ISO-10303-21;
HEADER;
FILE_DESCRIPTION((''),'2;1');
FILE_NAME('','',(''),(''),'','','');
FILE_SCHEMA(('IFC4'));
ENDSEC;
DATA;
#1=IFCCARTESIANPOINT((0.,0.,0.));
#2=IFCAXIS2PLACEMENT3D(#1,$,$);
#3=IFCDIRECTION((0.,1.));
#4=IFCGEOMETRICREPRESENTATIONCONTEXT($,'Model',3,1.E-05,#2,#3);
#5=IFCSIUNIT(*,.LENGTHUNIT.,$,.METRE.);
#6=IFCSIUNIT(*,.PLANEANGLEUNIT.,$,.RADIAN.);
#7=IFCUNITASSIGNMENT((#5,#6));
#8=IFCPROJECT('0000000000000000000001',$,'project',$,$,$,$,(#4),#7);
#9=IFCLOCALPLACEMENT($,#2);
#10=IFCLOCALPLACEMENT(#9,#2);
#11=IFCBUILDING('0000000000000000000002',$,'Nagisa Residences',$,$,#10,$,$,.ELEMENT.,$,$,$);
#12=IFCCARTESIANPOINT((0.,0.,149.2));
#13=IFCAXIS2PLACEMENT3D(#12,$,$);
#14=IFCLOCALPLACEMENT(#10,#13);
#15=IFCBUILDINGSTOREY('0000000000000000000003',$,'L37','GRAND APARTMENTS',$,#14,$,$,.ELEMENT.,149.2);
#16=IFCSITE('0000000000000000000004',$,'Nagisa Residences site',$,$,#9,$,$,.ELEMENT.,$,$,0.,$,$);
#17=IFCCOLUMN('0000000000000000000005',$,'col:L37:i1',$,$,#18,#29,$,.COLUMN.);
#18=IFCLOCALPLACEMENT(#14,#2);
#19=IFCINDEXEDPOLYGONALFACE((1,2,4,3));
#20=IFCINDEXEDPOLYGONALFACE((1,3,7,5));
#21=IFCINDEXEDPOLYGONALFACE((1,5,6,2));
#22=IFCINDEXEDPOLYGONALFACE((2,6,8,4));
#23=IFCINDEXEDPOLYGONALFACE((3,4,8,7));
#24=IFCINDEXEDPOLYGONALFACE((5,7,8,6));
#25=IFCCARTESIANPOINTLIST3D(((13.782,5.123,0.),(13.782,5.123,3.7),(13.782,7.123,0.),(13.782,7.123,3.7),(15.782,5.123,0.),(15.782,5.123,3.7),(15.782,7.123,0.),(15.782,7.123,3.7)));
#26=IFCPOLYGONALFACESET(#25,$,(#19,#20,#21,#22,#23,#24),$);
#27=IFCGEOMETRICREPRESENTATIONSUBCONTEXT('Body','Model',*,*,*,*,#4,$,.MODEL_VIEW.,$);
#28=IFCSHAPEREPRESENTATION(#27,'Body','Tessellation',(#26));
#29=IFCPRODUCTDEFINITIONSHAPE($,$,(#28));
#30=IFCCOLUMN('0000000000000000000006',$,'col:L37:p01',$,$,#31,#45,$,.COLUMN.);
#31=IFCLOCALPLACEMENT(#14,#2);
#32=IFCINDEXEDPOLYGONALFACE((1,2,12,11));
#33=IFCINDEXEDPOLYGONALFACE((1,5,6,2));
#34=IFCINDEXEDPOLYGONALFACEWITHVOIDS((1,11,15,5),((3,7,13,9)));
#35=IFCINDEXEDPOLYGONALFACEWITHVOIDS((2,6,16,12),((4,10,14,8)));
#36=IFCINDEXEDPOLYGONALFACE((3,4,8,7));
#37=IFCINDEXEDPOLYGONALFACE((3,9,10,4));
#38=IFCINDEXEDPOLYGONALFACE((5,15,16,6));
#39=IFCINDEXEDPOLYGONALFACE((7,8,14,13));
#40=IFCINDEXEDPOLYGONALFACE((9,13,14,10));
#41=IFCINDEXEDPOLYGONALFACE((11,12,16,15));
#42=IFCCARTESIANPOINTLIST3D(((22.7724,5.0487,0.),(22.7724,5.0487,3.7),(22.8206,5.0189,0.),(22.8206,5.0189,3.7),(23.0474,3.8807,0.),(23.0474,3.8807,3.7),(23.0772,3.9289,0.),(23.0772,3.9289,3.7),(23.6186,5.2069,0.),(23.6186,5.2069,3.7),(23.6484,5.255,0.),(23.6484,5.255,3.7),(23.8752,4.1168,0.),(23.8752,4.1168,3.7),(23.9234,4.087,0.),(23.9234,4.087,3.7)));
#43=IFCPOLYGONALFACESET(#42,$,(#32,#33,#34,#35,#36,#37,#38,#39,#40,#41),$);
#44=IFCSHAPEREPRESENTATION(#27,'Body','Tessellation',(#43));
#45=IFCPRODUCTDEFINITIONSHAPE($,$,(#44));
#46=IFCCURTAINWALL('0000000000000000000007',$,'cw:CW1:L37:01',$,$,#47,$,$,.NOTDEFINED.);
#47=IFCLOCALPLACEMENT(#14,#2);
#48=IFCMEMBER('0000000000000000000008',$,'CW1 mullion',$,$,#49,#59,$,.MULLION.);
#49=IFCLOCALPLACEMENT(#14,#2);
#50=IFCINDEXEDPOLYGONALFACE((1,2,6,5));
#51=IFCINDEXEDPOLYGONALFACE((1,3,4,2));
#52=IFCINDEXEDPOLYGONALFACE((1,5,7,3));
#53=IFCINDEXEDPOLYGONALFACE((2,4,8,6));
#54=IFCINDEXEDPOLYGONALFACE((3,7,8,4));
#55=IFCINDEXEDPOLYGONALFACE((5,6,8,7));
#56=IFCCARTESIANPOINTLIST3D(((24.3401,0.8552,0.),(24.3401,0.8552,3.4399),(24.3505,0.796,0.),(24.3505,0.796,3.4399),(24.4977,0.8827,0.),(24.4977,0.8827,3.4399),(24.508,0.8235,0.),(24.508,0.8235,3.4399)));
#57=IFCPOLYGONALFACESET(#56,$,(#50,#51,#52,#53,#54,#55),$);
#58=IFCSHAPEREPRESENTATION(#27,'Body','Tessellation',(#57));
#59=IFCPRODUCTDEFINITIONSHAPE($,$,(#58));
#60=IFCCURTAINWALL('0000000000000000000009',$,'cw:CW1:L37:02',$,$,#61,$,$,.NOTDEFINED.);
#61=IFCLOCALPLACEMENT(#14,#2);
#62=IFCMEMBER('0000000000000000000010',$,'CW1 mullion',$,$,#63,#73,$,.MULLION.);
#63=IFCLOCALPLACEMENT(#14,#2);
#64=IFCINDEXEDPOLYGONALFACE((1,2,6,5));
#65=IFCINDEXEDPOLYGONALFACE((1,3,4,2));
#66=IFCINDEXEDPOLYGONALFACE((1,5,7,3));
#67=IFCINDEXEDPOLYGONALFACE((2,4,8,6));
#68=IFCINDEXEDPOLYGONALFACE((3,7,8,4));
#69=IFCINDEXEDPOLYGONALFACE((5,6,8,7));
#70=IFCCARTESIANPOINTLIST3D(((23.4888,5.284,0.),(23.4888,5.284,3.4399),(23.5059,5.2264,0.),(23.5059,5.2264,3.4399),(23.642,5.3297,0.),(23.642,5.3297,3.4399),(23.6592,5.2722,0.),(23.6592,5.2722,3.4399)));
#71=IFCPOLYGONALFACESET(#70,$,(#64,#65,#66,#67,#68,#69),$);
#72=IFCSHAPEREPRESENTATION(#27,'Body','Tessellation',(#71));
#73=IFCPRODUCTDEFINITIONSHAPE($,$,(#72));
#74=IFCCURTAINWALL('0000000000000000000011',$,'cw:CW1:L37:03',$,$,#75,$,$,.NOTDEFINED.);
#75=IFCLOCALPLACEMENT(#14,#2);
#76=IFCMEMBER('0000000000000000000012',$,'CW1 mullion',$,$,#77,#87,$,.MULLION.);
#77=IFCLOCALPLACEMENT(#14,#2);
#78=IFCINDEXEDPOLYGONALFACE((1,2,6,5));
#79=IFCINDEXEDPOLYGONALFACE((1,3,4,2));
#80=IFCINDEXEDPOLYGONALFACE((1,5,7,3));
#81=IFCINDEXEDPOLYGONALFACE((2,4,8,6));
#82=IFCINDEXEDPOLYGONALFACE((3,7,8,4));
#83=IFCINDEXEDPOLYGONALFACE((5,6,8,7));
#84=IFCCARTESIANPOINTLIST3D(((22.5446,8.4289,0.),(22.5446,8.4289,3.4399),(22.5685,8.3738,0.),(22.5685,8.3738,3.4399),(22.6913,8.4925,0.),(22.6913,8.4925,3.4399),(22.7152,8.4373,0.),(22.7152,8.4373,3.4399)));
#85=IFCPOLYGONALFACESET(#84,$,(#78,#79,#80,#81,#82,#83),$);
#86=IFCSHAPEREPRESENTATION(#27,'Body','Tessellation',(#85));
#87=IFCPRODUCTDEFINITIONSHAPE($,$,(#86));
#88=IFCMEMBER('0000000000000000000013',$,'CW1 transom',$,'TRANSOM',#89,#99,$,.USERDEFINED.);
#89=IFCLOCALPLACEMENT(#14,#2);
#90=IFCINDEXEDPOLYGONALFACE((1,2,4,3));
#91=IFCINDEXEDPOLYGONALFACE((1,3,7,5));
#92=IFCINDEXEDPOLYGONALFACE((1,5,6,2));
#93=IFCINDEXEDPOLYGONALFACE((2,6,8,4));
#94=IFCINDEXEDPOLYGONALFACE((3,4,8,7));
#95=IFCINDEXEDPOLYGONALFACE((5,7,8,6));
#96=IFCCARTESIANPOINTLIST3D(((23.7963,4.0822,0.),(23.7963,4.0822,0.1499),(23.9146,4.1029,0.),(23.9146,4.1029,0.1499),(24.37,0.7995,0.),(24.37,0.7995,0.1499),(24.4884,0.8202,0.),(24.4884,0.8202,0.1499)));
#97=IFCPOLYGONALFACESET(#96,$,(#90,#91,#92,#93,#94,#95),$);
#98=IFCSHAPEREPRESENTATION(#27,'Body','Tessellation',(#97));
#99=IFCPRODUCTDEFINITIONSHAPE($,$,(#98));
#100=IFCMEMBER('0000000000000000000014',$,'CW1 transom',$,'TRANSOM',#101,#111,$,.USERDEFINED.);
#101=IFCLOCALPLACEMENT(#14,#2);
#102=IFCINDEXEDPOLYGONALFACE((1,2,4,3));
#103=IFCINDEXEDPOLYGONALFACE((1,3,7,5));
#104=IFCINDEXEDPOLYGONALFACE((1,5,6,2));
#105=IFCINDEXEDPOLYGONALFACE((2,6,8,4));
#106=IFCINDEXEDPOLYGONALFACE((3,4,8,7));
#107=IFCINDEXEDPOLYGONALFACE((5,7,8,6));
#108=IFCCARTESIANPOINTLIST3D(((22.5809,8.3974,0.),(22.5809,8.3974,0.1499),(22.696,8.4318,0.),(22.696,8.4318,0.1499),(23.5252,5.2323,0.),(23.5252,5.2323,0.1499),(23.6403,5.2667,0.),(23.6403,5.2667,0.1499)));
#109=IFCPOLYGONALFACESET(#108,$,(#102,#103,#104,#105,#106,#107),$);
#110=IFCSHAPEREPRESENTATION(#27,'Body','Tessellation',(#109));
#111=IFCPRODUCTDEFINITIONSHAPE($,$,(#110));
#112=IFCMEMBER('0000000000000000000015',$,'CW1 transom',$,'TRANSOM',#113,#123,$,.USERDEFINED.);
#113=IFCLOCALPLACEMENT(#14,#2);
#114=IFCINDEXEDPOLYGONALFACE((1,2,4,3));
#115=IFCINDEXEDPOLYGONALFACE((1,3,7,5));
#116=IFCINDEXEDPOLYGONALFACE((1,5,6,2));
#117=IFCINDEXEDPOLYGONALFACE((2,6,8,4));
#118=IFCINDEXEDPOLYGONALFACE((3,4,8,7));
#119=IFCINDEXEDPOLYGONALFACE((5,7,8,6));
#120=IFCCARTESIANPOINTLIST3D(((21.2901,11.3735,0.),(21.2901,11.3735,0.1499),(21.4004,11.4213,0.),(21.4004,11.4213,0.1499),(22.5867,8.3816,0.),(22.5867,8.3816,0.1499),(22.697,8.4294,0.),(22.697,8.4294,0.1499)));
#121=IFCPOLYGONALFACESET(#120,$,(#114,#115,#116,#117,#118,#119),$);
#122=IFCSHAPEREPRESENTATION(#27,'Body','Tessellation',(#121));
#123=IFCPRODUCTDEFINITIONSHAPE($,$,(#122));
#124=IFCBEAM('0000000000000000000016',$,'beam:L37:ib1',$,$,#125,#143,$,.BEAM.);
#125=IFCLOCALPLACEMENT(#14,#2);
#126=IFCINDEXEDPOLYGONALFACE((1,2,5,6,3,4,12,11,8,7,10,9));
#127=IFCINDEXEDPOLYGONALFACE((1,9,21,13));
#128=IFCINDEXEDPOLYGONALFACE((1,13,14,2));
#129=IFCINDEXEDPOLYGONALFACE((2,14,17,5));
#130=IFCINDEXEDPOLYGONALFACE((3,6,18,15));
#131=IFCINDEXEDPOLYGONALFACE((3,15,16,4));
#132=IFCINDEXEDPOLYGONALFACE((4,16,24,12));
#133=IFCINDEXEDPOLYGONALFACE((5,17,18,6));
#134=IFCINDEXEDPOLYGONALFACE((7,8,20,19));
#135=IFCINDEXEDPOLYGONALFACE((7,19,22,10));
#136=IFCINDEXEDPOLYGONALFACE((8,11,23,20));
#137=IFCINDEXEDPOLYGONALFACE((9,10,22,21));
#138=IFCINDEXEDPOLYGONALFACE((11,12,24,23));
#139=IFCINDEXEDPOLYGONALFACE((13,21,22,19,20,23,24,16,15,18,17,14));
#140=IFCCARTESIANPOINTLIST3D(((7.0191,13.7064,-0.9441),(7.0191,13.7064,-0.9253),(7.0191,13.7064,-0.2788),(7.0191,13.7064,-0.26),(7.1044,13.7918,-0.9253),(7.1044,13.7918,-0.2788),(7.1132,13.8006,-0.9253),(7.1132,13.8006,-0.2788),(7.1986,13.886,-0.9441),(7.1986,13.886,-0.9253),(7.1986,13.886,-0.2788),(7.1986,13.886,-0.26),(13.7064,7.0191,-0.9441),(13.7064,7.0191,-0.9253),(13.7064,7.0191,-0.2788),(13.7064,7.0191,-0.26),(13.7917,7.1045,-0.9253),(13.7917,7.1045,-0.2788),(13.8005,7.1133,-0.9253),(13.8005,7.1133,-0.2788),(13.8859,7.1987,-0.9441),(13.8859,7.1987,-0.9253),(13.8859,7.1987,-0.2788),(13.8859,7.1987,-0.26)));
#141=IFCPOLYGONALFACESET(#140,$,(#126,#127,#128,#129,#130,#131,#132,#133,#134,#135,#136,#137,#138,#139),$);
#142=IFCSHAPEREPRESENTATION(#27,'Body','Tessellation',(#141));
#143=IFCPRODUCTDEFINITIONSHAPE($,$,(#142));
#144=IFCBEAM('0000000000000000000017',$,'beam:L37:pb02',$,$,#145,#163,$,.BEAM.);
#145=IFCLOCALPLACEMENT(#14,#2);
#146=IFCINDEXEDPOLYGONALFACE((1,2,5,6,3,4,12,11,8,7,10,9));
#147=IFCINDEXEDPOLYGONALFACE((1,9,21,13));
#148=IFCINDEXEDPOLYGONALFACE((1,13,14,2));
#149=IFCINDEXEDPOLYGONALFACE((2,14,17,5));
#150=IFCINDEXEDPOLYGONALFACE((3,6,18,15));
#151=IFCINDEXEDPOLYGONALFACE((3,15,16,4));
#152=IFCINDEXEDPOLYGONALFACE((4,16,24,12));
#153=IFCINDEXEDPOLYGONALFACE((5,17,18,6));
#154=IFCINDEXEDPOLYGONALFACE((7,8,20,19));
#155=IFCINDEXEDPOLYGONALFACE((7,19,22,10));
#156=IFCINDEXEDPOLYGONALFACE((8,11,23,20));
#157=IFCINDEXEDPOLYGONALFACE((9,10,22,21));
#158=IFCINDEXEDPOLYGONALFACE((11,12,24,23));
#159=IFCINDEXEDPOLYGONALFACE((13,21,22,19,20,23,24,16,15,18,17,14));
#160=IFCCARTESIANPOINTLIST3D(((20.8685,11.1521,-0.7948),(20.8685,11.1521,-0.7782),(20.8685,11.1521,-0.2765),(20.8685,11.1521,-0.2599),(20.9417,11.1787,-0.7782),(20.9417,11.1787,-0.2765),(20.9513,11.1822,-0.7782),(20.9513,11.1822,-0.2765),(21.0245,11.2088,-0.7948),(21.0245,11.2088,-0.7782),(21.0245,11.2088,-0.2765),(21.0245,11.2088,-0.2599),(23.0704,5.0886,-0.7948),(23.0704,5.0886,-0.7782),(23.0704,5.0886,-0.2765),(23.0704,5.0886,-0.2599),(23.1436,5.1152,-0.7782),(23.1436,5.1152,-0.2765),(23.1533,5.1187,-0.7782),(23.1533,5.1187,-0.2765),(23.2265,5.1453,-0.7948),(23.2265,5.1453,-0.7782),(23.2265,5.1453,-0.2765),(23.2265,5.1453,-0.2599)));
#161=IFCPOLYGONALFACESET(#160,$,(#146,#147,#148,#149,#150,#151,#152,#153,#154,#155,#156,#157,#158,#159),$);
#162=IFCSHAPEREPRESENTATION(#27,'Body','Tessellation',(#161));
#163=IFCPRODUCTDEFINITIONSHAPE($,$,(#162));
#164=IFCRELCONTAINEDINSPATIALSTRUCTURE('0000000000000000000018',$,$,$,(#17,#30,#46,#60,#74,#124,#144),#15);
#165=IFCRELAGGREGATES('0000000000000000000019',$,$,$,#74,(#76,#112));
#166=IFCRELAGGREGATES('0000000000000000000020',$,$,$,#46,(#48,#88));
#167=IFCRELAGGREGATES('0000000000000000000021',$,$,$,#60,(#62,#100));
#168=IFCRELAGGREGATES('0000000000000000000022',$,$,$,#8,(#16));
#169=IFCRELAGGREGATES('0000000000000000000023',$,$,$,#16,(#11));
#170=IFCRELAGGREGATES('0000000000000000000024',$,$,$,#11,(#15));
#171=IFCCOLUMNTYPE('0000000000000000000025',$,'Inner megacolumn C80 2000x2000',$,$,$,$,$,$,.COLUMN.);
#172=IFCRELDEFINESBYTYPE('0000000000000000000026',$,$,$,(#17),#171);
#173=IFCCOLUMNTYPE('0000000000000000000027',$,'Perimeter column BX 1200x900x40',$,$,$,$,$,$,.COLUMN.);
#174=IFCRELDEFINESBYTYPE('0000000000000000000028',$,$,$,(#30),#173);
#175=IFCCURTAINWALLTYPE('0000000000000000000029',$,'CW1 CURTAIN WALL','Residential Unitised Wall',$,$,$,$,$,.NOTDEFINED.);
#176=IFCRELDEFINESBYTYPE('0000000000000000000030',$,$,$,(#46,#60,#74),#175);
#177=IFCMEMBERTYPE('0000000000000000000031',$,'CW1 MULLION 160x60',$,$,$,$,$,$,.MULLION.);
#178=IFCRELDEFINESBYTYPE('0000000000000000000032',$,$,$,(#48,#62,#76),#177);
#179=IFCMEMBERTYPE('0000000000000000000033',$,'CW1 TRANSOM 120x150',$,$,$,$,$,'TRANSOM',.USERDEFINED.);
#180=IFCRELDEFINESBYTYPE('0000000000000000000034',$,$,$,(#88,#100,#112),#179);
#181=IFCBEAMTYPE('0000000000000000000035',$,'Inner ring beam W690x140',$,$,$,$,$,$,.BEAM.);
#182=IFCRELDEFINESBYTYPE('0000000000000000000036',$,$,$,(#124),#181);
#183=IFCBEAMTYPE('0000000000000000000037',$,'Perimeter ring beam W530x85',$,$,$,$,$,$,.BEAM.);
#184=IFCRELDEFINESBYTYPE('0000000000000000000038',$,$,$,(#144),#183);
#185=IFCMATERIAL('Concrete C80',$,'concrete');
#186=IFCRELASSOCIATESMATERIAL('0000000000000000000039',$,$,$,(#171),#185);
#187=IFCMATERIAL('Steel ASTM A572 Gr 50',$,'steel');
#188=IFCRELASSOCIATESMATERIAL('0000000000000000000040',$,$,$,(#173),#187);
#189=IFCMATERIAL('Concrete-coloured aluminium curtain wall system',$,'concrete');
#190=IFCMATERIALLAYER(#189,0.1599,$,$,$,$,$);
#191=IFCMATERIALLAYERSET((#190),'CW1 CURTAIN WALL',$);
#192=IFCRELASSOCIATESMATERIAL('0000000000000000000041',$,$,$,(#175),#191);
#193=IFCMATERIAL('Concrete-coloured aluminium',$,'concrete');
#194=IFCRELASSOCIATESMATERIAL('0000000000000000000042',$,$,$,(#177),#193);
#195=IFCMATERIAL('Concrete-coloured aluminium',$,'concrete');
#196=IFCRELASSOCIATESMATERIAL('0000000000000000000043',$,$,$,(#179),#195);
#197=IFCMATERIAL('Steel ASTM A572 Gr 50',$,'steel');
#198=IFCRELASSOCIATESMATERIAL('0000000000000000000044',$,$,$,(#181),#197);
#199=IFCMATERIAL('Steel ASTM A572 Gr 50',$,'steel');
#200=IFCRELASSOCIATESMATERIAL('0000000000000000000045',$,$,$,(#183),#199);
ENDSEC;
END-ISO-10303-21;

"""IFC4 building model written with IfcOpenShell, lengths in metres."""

from ifc_helpers import new_model, si_unit, direction, frame, origin, origin_2d, place, context, subcontext, project, spatial, rectangle, hollow_rectangle, i_section, extrude, material, layer, layer_set, material_profile, profile_set, type_object, element, aggregate, save


model = new_model("IFC4")

# Units and contexts
model_context = context("Model", 3, precision=1e-05, world=origin(), true_north=direction((0.0, 1.0)))
body_context = subcontext(model_context, "Body", "Model", "MODEL_VIEW")
ifc_project = project(units=[si_unit("LENGTHUNIT", "METRE"), si_unit("PLANEANGLEUNIT", "RADIAN")], contexts=[model_context])

# Site, building, storey
site_placement = place(None, origin())
site = spatial("IfcSite", under=ifc_project, at=site_placement, Name="Nagisa Residences site", CompositionType="ELEMENT", RefElevation=0.0)
building_placement = place(site_placement, origin())
building = spatial("IfcBuilding", under=site, at=building_placement, Name="Nagisa Residences", CompositionType="ELEMENT")
storey_placement = place(building_placement, frame((0.0, 0.0, 149.2)))
storey = spatial("IfcBuildingStorey", under=building, at=storey_placement, Name="L37", Description="GRAND APARTMENTS", CompositionType="ELEMENT", Elevation=149.2)

# Columns
ifc_material_1 = material(Name="Concrete C80", Category="concrete")
ifc_material_profile_1 = material_profile(ifc_material_1, rectangle(XDim=2.0, YDim=2.0, at=origin_2d()), Name="C80 2000x2000")
ifc_profile_set_1 = profile_set([ifc_material_profile_1], Name="Concrete C80")
column_type_1 = type_object("IfcColumnType", Name="Inner megacolumn C80 2000x2000", PredefinedType="COLUMN", material=ifc_profile_set_1)
column_1_placement = place(storey_placement, frame((14.782, 6.123, 0.0), z_axis=(0.0, 0.0, 1.0), x_axis=(1.0, 0.0, 0.0)))
element("IfcColumn", 1, at=column_1_placement, inside=storey, type_object=column_type_1, Name="col:L37:i1", PredefinedType="COLUMN", context=body_context, shape_type="SweptSolid", body=[
    extrude(rectangle(XDim=2.0, YDim=2.0, at=origin_2d()), origin(), (0.0, 0.0, 1.0), 3.7),
])
ifc_material_2 = material(Name="Steel ASTM A572 Gr 50", Category="steel")
ifc_material_profile_2 = material_profile(ifc_material_2, hollow_rectangle(XDim=1.2, YDim=0.8999, WallThickness=0.04, at=origin_2d()), Name="BX 1200x900x40")
ifc_profile_set_2 = profile_set([ifc_material_profile_2], Name="Steel ASTM A572 Gr 50")
column_type_2 = type_object("IfcColumnType", Name="Perimeter column BX 1200x900x40", PredefinedType="COLUMN", material=ifc_profile_set_2)
column_2_placement = place(storey_placement, frame((23.3479, 4.5679, 0.0), z_axis=(0.0, 0.0, 1.0), x_axis=(-0.229202, 0.973379, 0.0)))
element("IfcColumn", 2, at=column_2_placement, inside=storey, type_object=column_type_2, Name="col:L37:p01", PredefinedType="COLUMN", context=body_context, shape_type="SweptSolid", body=[
    extrude(hollow_rectangle(XDim=1.2, YDim=0.8999, WallThickness=0.04, at=origin_2d()), origin(), (0.0, 0.0, 1.0), 3.7),
])

# Curtain walls, members
ifc_material_3 = material(Name="Concrete-coloured aluminium curtain wall system", Category="concrete")
ifc_layer_1 = layer(ifc_material_3, 0.1599)
ifc_layer_set_1 = layer_set([ifc_layer_1], Name="CW1 CURTAIN WALL")
curtain_wall_type = type_object("IfcCurtainWallType", Name="CW1 CURTAIN WALL", Description="Residential Unitised Wall", PredefinedType="NOTDEFINED", material=ifc_layer_set_1)
curtain_wall_1_placement = place(storey_placement, origin())
curtain_wall_1 = element("IfcCurtainWall", 3, at=curtain_wall_1_placement, inside=storey, type_object=curtain_wall_type, Name="cw:CW1:L37:01", PredefinedType="NOTDEFINED")
ifc_material_4 = material(Name="Concrete-coloured aluminium", Category="concrete")
ifc_material_profile_3 = material_profile(ifc_material_4, rectangle(XDim=0.1599, YDim=0.0601, at=origin_2d()), Name="CW1 MULLION 160x60")
ifc_profile_set_3 = profile_set([ifc_material_profile_3], Name="Concrete-coloured aluminium")
member_type_1 = type_object("IfcMemberType", Name="CW1 MULLION 160x60", PredefinedType="MULLION", material=ifc_profile_set_3)
member_1_placement = place(storey_placement, frame((24.4241, 0.8394, 0.0), z_axis=(0.0, 0.0, 1.0), x_axis=(-0.985064, -0.172191, 0.0)))
member_1 = element("IfcMember", 4, at=member_1_placement, type_object=member_type_1, Name="CW1 mullion", PredefinedType="MULLION", context=body_context, shape_type="SweptSolid", body=[
    extrude(rectangle(XDim=0.1599, YDim=0.0601, at=origin_2d()), origin(), (0.0, 0.0, 1.0), 3.4399),
])
curtain_wall_2_placement = place(storey_placement, origin())
curtain_wall_2 = element("IfcCurtainWall", 5, at=curtain_wall_2_placement, inside=storey, type_object=curtain_wall_type, Name="cw:CW1:L37:02", PredefinedType="NOTDEFINED")
member_2_placement = place(storey_placement, frame((23.574, 5.2781, 0.0), z_axis=(0.0, 0.0, 1.0), x_axis=(-0.958271, -0.28586, 0.0)))
member_2 = element("IfcMember", 6, at=member_2_placement, type_object=member_type_1, Name="CW1 mullion", PredefinedType="MULLION", context=body_context, shape_type="SweptSolid", body=[
    extrude(rectangle(XDim=0.1599, YDim=0.0601, at=origin_2d()), origin(), (0.0, 0.0, 1.0), 3.4399),
])
curtain_wall_3_placement = place(storey_placement, origin())
curtain_wall_3 = element("IfcCurtainWall", 7, at=curtain_wall_3_placement, inside=storey, type_object=curtain_wall_type, Name="cw:CW1:L37:03", PredefinedType="NOTDEFINED")
member_3_placement = place(storey_placement, frame((22.6299, 8.4331, 0.0), z_axis=(0.0, 0.0, 1.0), x_axis=(-0.917543, -0.397636, 0.0)))
member_3 = element("IfcMember", 8, at=member_3_placement, type_object=member_type_1, Name="CW1 mullion", PredefinedType="MULLION", context=body_context, shape_type="SweptSolid", body=[
    extrude(rectangle(XDim=0.1599, YDim=0.0601, at=origin_2d()), origin(), (0.0, 0.0, 1.0), 3.4399),
])

# Members
ifc_material_5 = material(Name="Concrete-coloured aluminium", Category="concrete")
ifc_material_profile_4 = material_profile(ifc_material_5, rectangle(XDim=0.1201, YDim=0.1499, at=origin_2d()), Name="CW1 TRANSOM 120x150")
ifc_profile_set_4 = profile_set([ifc_material_profile_4], Name="Concrete-coloured aluminium")
member_type_2 = type_object("IfcMemberType", Name="CW1 TRANSOM 120x150", ElementType="TRANSOM", PredefinedType="USERDEFINED", material=ifc_profile_set_4)
member_4_placement = place(storey_placement, frame((24.4292, 0.8098, 0.075), z_axis=(-0.172164, 0.985068, 0.0), x_axis=(-0.985068, -0.172164, 0.0)))
member_4 = element("IfcMember", 9, at=member_4_placement, type_object=member_type_2, Name="CW1 transom", ObjectType="TRANSOM", PredefinedType="USERDEFINED", context=body_context, shape_type="SweptSolid", body=[
    extrude(rectangle(XDim=0.1201, YDim=0.1499, at=origin_2d()), origin(), (0.0, 0.0, 1.0), 3.3325),
])
member_5_placement = place(storey_placement, frame((23.5828, 5.2495, 0.075), z_axis=(-0.28591, 0.958257, 0.0), x_axis=(-0.958257, -0.28591, 0.0)))
member_5 = element("IfcMember", 10, at=member_5_placement, type_object=member_type_2, Name="CW1 transom", ObjectType="TRANSOM", PredefinedType="USERDEFINED", context=body_context, shape_type="SweptSolid", body=[
    extrude(rectangle(XDim=0.1201, YDim=0.1499, at=origin_2d()), origin(), (0.0, 0.0, 1.0), 3.303),
])
member_6_placement = place(storey_placement, frame((22.6418, 8.4055, 0.075), z_axis=(-0.397639, 0.917542, 0.0), x_axis=(-0.917542, -0.397639, 0.0)))
member_6 = element("IfcMember", 11, at=member_6_placement, type_object=member_type_2, Name="CW1 transom", ObjectType="TRANSOM", PredefinedType="USERDEFINED", context=body_context, shape_type="SweptSolid", body=[
    extrude(rectangle(XDim=0.1201, YDim=0.1499, at=origin_2d()), origin(), (0.0, 0.0, 1.0), 3.2607),
])
aggregate(curtain_wall_3, [member_3, member_6])

# Beams
ifc_material_6 = material(Name="Steel ASTM A572 Gr 50", Category="steel")
ifc_material_profile_5 = material_profile(ifc_material_6, i_section(OverallWidth=0.2539, OverallDepth=0.6841, WebThickness=0.0125, FlangeThickness=0.0188, at=origin_2d()), Name="W690x140")
ifc_profile_set_5 = profile_set([ifc_material_profile_5], Name="Steel ASTM A572 Gr 50")
beam_type_1 = type_object("IfcBeamType", Name="Inner ring beam W690x140", PredefinedType="BEAM", material=ifc_profile_set_5)
beam_1_placement = place(storey_placement, frame((13.7961, 7.1089, -0.6021), z_axis=(-0.707107, 0.707107, 0.0), x_axis=(-0.707107, -0.707107, 0.0)))
element("IfcBeam", 12, at=beam_1_placement, inside=storey, type_object=beam_type_1, Name="beam:L37:ib1", PredefinedType="BEAM", context=body_context, shape_type="SweptSolid", body=[
    extrude(i_section(OverallWidth=0.2539, OverallDepth=0.6841, WebThickness=0.0125, FlangeThickness=0.0188, at=origin_2d()), origin(), (0.0, 0.0, 1.0), 9.4573),
])
ifc_material_7 = material(Name="Steel ASTM A572 Gr 50", Category="steel")
ifc_material_profile_6 = material_profile(ifc_material_7, i_section(OverallWidth=0.166, OverallDepth=0.5349, WebThickness=0.0103, FlangeThickness=0.0166, at=origin_2d()), Name="W530x85")
ifc_profile_set_6 = profile_set([ifc_material_profile_6], Name="Steel ASTM A572 Gr 50")
beam_type_2 = type_object("IfcBeamType", Name="Perimeter ring beam W530x85", PredefinedType="BEAM", material=ifc_profile_set_6)
beam_2_placement = place(storey_placement, frame((23.1484, 5.1169, -0.5273), z_axis=(-0.341333, 0.939943, 0.0), x_axis=(-0.939943, -0.341333, 0.0)))
element("IfcBeam", 13, at=beam_2_placement, inside=storey, type_object=beam_type_2, Name="beam:L37:pb02", PredefinedType="BEAM", context=body_context, shape_type="SweptSolid", body=[
    extrude(i_section(OverallWidth=0.166, OverallDepth=0.5349, WebThickness=0.0103, FlangeThickness=0.0166, at=origin_2d()), origin(), (0.0, 0.0, 1.0), 6.4509),
])

aggregate(curtain_wall_1, [member_1, member_4])
aggregate(curtain_wall_2, [member_2, member_5])

save(model, "model.ifc")
